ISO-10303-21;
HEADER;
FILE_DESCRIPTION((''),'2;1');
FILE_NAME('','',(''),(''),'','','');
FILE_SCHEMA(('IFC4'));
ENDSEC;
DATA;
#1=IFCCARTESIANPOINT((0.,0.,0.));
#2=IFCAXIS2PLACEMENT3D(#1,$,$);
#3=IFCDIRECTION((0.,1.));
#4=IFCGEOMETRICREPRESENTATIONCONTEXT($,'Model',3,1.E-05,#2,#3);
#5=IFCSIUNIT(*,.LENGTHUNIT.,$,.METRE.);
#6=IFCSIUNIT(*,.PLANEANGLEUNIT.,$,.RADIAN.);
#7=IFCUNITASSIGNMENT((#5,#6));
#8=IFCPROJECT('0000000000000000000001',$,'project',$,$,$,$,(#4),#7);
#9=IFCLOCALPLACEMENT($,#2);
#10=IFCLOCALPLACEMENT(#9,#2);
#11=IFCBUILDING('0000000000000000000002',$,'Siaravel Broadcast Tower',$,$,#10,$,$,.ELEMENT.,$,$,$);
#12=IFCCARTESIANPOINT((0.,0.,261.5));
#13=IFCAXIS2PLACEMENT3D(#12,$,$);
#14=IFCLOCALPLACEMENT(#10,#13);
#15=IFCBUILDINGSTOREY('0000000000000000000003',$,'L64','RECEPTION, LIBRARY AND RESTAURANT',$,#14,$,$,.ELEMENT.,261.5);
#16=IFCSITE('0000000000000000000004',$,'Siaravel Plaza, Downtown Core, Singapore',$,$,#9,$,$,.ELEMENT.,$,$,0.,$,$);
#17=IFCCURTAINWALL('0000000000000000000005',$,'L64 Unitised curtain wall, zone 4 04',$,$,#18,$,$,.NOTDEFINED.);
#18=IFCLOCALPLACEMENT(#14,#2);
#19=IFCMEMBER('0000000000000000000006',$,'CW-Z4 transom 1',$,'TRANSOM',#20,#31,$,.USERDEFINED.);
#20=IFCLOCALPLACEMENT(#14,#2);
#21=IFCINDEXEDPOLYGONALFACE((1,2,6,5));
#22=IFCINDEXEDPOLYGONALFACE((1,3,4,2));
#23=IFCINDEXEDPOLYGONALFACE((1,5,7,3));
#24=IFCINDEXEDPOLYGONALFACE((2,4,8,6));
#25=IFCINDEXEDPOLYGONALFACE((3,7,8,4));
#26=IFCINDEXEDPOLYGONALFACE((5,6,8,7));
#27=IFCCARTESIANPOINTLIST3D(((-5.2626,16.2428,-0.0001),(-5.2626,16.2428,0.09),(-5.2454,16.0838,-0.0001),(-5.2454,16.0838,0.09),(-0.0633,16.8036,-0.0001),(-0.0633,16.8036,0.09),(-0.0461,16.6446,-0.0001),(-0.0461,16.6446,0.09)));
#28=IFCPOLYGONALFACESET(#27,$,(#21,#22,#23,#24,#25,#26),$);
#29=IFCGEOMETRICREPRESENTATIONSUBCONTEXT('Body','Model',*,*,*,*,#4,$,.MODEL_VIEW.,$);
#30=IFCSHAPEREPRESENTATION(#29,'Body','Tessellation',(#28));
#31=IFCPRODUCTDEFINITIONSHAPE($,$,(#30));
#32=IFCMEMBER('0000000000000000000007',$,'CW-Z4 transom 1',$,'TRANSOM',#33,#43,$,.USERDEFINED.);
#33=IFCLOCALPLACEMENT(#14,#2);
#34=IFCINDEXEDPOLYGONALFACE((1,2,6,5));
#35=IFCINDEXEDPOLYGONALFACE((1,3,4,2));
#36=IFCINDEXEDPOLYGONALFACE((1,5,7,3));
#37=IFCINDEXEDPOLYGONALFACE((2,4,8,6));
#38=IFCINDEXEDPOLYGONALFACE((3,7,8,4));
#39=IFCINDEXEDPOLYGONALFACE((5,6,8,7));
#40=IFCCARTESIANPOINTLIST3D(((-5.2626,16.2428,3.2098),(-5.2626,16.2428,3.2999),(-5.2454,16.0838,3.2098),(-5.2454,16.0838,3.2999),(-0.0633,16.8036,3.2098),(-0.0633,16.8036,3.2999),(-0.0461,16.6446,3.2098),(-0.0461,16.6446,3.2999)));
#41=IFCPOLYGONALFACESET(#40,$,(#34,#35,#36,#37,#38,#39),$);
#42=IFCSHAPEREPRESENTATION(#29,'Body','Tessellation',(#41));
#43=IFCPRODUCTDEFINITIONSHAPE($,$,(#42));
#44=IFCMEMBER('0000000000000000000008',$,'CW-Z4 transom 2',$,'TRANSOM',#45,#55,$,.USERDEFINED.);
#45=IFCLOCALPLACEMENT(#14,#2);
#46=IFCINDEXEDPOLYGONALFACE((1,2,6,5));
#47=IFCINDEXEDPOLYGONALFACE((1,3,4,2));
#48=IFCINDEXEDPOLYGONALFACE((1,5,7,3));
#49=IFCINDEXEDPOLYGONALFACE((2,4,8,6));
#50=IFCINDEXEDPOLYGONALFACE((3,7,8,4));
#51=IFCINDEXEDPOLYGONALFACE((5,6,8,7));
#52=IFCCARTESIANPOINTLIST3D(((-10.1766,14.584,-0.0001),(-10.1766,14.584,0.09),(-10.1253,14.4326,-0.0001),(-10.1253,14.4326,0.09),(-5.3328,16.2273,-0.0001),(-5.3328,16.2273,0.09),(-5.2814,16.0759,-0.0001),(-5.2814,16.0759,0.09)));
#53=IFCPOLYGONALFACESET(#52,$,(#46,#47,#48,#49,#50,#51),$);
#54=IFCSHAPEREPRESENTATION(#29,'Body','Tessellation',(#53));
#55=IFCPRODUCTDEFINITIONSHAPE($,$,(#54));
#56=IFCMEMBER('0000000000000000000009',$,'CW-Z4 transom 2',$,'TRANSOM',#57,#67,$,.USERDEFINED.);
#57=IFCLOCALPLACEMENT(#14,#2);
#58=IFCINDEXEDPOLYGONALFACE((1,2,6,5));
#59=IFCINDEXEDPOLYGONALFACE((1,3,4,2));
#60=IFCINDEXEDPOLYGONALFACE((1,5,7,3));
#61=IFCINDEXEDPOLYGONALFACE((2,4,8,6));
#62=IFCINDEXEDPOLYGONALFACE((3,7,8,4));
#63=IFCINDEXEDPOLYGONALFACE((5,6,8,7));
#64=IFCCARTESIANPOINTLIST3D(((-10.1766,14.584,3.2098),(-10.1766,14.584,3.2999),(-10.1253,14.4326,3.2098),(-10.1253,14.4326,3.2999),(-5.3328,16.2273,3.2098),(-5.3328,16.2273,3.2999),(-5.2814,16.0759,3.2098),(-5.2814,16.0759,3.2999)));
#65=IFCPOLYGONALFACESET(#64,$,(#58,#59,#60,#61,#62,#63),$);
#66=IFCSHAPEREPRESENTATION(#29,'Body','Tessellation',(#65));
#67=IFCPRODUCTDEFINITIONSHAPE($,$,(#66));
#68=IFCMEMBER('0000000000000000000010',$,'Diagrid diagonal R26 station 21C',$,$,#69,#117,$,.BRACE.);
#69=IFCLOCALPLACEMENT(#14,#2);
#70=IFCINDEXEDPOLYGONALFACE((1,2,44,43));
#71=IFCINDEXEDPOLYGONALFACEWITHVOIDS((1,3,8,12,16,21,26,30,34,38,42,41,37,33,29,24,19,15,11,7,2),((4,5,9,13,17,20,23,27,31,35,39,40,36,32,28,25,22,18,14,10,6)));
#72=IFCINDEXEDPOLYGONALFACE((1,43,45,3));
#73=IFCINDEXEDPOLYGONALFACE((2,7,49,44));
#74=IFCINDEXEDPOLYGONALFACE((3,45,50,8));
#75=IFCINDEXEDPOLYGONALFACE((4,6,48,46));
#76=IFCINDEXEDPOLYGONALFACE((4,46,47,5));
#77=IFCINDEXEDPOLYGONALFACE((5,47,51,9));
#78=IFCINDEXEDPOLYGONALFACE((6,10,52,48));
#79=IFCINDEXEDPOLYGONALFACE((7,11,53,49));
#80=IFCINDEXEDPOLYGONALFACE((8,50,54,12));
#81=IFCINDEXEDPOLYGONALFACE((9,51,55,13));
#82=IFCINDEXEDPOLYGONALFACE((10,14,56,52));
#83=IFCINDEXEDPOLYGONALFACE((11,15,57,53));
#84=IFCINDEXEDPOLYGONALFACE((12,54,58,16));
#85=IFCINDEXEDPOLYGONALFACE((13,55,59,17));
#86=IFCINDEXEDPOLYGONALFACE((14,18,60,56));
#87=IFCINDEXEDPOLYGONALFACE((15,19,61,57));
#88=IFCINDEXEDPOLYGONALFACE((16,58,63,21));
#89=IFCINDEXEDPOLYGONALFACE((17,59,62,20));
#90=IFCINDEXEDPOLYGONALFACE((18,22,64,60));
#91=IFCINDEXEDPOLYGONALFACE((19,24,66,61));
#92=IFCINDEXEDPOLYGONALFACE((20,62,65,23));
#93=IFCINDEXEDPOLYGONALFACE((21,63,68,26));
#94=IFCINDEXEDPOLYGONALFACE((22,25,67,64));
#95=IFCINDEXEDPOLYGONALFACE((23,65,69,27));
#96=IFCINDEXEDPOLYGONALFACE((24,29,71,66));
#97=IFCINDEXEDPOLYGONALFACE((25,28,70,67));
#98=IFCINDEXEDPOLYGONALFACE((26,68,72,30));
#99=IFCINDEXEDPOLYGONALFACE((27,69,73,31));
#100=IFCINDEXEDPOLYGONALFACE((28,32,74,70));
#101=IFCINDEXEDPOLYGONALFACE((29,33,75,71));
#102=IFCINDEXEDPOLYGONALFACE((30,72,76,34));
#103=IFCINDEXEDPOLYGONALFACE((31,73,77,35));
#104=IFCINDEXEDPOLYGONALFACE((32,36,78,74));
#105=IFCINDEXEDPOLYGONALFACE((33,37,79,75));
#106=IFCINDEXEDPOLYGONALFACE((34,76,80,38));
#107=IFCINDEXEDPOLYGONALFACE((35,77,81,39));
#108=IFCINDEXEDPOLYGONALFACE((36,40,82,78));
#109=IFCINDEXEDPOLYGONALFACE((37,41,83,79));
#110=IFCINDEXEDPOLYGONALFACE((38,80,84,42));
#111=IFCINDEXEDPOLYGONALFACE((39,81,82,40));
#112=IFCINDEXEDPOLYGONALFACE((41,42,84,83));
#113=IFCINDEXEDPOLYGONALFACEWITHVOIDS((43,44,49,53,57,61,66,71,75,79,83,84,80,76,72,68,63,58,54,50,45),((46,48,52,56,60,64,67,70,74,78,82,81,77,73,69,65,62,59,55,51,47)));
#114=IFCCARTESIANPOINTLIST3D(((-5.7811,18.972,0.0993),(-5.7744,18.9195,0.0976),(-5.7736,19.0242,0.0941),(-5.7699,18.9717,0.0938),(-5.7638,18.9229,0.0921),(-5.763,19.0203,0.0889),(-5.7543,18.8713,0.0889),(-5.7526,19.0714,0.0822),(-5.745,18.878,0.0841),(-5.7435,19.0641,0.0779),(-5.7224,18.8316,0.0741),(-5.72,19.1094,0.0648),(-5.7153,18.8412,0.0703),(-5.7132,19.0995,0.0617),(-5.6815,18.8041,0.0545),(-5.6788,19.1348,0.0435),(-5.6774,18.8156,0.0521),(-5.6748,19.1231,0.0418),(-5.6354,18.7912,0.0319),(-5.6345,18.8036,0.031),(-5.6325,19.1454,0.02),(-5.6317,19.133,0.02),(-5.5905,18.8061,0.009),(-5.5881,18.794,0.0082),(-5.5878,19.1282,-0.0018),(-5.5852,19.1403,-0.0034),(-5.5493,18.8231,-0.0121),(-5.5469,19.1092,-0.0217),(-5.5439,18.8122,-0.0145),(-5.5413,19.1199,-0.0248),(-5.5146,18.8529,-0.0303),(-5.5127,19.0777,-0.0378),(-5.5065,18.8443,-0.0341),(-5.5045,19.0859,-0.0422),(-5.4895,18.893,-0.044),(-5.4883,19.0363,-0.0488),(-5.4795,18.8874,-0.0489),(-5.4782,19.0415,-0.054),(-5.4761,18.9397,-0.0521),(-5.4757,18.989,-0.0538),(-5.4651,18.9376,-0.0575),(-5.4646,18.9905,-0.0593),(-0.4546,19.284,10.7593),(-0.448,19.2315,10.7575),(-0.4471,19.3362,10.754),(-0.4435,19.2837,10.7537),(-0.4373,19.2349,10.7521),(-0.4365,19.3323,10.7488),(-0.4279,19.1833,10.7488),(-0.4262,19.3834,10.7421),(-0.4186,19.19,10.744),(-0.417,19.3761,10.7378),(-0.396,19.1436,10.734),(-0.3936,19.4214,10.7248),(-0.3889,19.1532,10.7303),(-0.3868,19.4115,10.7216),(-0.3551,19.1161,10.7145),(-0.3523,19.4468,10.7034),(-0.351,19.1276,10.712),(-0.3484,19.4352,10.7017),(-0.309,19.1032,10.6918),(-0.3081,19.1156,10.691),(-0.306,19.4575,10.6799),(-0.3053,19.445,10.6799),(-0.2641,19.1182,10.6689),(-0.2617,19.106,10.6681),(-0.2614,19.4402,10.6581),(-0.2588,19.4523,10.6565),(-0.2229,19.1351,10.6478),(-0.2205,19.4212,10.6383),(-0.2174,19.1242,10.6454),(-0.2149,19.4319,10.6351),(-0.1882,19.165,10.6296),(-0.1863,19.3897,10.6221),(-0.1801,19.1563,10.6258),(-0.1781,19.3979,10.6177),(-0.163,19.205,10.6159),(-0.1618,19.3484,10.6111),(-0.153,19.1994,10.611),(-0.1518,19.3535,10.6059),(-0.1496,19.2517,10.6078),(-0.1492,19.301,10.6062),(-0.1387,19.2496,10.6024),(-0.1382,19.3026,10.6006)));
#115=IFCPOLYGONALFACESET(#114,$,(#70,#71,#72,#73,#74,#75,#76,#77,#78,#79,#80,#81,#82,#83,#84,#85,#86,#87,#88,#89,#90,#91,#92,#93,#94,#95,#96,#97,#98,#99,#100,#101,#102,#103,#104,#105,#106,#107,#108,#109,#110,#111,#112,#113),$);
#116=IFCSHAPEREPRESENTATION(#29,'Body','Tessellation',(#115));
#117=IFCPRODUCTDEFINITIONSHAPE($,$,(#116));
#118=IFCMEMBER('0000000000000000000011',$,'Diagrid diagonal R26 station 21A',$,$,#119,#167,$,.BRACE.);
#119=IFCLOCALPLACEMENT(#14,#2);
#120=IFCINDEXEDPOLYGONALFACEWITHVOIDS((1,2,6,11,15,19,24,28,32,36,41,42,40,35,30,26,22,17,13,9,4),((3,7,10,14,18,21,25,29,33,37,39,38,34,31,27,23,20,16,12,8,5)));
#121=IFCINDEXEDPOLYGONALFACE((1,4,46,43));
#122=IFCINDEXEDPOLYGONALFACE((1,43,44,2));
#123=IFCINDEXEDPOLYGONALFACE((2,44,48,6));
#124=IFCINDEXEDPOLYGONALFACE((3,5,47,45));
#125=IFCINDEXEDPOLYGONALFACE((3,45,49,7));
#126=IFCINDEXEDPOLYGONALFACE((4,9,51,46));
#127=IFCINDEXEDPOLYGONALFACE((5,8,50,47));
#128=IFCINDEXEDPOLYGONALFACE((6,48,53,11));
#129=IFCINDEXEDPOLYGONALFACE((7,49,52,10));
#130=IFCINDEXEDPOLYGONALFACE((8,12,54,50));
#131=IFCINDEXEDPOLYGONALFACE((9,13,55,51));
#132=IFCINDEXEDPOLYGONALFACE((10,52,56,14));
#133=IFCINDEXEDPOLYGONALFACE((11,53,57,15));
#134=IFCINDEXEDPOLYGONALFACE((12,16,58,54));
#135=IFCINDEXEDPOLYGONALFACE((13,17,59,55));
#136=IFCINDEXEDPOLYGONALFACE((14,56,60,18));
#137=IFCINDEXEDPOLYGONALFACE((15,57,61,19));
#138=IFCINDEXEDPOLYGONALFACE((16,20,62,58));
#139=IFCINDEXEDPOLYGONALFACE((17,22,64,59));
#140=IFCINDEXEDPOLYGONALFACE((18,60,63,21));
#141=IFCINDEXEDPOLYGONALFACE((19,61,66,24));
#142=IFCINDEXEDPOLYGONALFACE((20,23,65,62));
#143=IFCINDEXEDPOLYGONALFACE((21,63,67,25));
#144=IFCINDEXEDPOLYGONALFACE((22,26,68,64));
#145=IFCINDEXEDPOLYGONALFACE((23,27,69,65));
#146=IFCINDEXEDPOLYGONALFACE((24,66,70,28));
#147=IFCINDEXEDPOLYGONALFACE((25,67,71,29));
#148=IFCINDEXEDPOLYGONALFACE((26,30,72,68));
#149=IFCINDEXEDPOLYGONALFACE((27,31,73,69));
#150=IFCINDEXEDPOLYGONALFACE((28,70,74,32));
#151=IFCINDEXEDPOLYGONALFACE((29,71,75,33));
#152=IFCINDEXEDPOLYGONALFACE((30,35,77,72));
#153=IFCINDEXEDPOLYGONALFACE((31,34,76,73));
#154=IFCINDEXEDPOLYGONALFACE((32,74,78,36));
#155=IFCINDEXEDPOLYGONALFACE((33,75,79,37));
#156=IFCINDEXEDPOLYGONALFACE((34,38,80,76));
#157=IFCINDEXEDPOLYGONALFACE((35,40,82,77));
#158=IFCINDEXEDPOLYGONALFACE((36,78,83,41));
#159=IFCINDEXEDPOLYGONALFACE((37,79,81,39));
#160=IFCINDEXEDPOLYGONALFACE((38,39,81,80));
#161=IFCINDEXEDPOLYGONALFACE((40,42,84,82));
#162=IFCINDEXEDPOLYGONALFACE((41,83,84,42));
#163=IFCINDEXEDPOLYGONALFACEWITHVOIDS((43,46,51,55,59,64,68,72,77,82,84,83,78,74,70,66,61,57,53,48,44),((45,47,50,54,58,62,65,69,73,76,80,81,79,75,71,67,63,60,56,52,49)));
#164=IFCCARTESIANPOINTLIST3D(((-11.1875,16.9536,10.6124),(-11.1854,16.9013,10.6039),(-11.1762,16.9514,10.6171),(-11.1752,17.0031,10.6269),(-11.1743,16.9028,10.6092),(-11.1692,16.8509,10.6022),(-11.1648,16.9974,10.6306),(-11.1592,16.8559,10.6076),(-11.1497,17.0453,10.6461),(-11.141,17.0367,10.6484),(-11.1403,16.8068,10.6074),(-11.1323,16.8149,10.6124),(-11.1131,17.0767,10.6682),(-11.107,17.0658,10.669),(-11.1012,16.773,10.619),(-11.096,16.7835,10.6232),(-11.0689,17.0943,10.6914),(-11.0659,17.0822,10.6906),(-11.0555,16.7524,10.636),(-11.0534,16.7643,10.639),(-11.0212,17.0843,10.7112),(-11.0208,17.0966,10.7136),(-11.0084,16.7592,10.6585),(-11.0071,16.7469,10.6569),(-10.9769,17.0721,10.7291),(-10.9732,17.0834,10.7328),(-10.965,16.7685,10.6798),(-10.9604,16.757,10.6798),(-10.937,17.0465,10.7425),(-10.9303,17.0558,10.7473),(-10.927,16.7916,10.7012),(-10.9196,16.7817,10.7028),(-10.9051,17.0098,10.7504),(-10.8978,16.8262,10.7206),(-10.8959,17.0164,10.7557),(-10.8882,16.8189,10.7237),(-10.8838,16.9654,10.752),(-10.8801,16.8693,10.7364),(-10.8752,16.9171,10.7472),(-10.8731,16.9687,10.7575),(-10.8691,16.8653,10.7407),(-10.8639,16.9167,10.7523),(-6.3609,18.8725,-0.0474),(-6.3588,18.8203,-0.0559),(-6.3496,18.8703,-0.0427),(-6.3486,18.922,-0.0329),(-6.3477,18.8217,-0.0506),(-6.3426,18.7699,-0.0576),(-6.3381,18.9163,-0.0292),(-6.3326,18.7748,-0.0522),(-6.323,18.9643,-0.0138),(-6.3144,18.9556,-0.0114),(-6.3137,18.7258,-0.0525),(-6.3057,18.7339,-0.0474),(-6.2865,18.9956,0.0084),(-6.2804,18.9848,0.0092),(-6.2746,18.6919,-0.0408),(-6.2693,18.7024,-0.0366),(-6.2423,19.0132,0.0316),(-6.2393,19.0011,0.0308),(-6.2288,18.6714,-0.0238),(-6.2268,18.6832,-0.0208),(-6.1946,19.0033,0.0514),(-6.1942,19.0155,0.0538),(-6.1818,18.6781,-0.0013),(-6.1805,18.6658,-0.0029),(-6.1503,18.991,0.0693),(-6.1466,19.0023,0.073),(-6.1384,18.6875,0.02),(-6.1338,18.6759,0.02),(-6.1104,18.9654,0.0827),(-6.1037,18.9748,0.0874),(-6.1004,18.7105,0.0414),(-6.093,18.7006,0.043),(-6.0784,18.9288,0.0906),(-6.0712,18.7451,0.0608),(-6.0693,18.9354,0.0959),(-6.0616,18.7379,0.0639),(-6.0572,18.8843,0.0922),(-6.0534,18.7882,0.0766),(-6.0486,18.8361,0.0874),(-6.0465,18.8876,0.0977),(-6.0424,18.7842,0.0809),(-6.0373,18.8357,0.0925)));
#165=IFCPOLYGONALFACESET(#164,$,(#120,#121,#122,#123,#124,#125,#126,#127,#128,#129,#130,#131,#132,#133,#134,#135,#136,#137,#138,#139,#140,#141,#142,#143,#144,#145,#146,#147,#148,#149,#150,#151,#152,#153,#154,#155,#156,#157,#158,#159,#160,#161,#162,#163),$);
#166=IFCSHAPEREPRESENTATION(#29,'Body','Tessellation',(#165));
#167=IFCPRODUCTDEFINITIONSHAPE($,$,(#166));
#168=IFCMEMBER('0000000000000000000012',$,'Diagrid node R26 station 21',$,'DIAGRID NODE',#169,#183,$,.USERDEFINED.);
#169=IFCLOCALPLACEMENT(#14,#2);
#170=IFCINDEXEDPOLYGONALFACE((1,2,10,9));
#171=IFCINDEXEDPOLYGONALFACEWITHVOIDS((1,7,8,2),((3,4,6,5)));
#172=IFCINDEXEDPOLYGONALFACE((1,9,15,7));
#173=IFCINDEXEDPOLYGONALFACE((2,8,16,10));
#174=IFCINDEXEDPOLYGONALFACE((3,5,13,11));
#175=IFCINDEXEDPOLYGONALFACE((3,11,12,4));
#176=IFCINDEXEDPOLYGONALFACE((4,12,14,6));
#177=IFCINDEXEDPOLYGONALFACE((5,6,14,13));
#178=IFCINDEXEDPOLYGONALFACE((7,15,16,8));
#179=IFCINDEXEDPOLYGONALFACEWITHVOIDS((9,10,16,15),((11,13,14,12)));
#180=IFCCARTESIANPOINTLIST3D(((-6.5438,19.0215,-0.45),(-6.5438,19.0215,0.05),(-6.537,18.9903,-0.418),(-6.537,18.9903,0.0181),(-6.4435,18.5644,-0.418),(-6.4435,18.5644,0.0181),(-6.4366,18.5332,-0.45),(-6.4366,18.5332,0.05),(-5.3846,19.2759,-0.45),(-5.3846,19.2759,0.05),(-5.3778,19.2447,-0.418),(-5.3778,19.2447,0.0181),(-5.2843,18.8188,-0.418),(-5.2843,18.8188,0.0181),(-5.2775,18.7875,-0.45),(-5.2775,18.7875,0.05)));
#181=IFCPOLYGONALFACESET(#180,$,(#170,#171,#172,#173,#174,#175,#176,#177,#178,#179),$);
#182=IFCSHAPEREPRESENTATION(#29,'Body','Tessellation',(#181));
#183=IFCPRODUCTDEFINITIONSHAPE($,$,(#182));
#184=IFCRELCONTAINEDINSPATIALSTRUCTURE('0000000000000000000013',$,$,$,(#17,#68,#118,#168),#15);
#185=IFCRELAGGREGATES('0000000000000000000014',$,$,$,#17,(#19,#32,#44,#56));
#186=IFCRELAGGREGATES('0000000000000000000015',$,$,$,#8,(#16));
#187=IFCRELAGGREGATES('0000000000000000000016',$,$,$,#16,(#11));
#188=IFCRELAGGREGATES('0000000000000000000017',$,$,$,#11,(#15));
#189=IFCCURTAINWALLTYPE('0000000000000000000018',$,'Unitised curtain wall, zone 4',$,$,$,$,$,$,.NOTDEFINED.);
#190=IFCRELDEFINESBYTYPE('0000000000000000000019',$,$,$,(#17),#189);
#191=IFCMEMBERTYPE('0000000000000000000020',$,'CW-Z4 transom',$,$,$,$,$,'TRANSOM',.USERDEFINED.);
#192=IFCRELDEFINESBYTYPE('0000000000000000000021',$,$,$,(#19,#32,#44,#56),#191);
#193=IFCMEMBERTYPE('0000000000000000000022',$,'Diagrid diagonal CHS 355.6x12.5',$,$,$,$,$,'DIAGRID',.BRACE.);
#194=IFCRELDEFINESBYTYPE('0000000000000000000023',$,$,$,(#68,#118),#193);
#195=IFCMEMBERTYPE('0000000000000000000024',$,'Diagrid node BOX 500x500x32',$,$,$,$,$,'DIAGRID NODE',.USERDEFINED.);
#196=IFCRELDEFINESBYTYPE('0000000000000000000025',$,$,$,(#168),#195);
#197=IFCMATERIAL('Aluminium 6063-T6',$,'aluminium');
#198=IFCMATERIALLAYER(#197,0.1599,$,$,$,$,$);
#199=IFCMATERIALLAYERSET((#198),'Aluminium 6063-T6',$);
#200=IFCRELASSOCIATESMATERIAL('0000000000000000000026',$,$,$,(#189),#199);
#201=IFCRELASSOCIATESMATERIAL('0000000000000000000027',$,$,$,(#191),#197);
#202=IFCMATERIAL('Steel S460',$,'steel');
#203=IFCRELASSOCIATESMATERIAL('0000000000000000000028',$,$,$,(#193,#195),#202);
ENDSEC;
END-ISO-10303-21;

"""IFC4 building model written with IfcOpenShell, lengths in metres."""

from ifc_helpers import new_model, si_unit, direction, frame, origin, origin_2d, place, context, subcontext, project, spatial, rectangle, hollow_rectangle, hollow_circle, extrude, material, layer, layer_set, material_profile, profile_set, type_object, element, aggregate, save


model = new_model("IFC4")

# Units and contexts
model_context = context("Model", 3, precision=1e-05, world=origin(), true_north=direction((0.0, 1.0)))
body_context = subcontext(model_context, "Body", "Model", "MODEL_VIEW")
ifc_project = project(units=[si_unit("LENGTHUNIT", "METRE"), si_unit("PLANEANGLEUNIT", "RADIAN")], contexts=[model_context])

# Site, building, storey
site_placement = place(None, origin())
site = spatial("IfcSite", under=ifc_project, at=site_placement, Name="Siaravel Plaza, Downtown Core, Singapore", CompositionType="ELEMENT", RefElevation=0.0)
building_placement = place(site_placement, origin())
building = spatial("IfcBuilding", under=site, at=building_placement, Name="Siaravel Broadcast Tower", CompositionType="ELEMENT")
storey_placement = place(building_placement, frame((0.0, 0.0, 261.5)))
storey = spatial("IfcBuildingStorey", under=building, at=storey_placement, Name="L64", Description="RECEPTION, LIBRARY AND RESTAURANT", CompositionType="ELEMENT", Elevation=261.5)

# Curtain wall, members
ifc_material_1 = material(Name="Aluminium 6063-T6", Category="aluminium")
ifc_layer_1 = layer(ifc_material_1, 0.1599)
ifc_layer_set_1 = layer_set([ifc_layer_1], Name="Aluminium 6063-T6")
curtain_wall_type = type_object("IfcCurtainWallType", Name="Unitised curtain wall, zone 4", PredefinedType="NOTDEFINED", material=ifc_layer_set_1)
curtain_wall_placement = place(storey_placement, origin())
curtain_wall = element("IfcCurtainWall", 1, at=curtain_wall_placement, inside=storey, type_object=curtain_wall_type, Name="L64 Unitised curtain wall, zone 4 04", PredefinedType="NOTDEFINED")
ifc_material_profile_1 = material_profile(ifc_material_1, rectangle(XDim=0.1599, YDim=0.0901, at=origin_2d()))
ifc_profile_set_1 = profile_set([ifc_material_profile_1], Name="Aluminium 6063-T6")
member_type_1 = type_object("IfcMemberType", Name="CW-Z4 transom", ElementType="TRANSOM", PredefinedType="USERDEFINED", material=ifc_profile_set_1)
member_1_placement = place(storey_placement, frame((-0.0547, 16.7241, 0.0449), z_axis=(-0.994233, -0.107239, 0.0), x_axis=(0.107239, -0.994233, 0.0)))
member_1 = element("IfcMember", 2, at=member_1_placement, type_object=member_type_1, Name="CW-Z4 transom 1", ObjectType="TRANSOM", PredefinedType="USERDEFINED", context=body_context, shape_type="SweptSolid", body=[
    extrude(rectangle(XDim=0.1599, YDim=0.0901, at=origin_2d()), origin(), (0.0, 0.0, 1.0), 5.2295),
])
member_2_placement = place(storey_placement, frame((-0.0547, 16.7241, 3.2549), z_axis=(-0.994233, -0.107239, 0.0), x_axis=(0.107239, -0.994233, 0.0)))
member_2 = element("IfcMember", 3, at=member_2_placement, type_object=member_type_1, Name="CW-Z4 transom 1", ObjectType="TRANSOM", PredefinedType="USERDEFINED", context=body_context, shape_type="SweptSolid", body=[
    extrude(rectangle(XDim=0.1599, YDim=0.0901, at=origin_2d()), origin(), (0.0, 0.0, 1.0), 5.2295),
])
member_3_placement = place(storey_placement, frame((-5.3071, 16.1516, 0.0449), z_axis=(-0.946985, -0.321278, 0.0), x_axis=(0.321278, -0.946985, 0.0)))
member_3 = element("IfcMember", 4, at=member_3_placement, type_object=member_type_1, Name="CW-Z4 transom 2", ObjectType="TRANSOM", PredefinedType="USERDEFINED", context=body_context, shape_type="SweptSolid", body=[
    extrude(rectangle(XDim=0.1599, YDim=0.0901, at=origin_2d()), origin(), (0.0, 0.0, 1.0), 5.115),
])
member_4_placement = place(storey_placement, frame((-5.3071, 16.1516, 3.2549), z_axis=(-0.946985, -0.321278, 0.0), x_axis=(0.321278, -0.946985, 0.0)))
member_4 = element("IfcMember", 5, at=member_4_placement, type_object=member_type_1, Name="CW-Z4 transom 2", ObjectType="TRANSOM", PredefinedType="USERDEFINED", context=body_context, shape_type="SweptSolid", body=[
    extrude(rectangle(XDim=0.1599, YDim=0.0901, at=origin_2d()), origin(), (0.0, 0.0, 1.0), 5.115),
])

# Members
ifc_material_2 = material(Name="Steel S460", Category="steel")
ifc_material_profile_2 = material_profile(ifc_material_2, hollow_circle(Radius=0.1777, WallThickness=0.0125, at=origin_2d()))
ifc_profile_set_2 = profile_set([ifc_material_profile_2], Name="Steel S460")
member_type_2 = type_object("IfcMemberType", Name="Diagrid diagonal CHS 355.6x12.5", ElementType="DIAGRID", PredefinedType="BRACE", material=ifc_profile_set_2)
member_5_placement = place(storey_placement, frame((-5.6221, 18.968, 0.02), z_axis=(0.446823, 0.026174, 0.89424), x_axis=(-0.058478, 0.998289, 0.0)))
element("IfcMember", 6, at=member_5_placement, inside=storey, type_object=member_type_2, Name="Diagrid diagonal R26 station 21C", PredefinedType="BRACE", context=body_context, shape_type="SweptSolid", body=[
    extrude(hollow_circle(Radius=0.1777, WallThickness=0.0125, at=origin_2d()), origin(), (0.0, 0.0, 1.0), 11.9207),
])
member_6_placement = place(storey_placement, frame((-6.1995, 18.8411, 0.02), z_axis=(-0.407037, -0.161827, 0.898962), x_axis=(0.369445, -0.929253, 0.0)))
element("IfcMember", 7, at=member_6_placement, inside=storey, type_object=member_type_2, Name="Diagrid diagonal R26 station 21A", PredefinedType="BRACE", context=body_context, shape_type="SweptSolid", body=[
    extrude(hollow_circle(Radius=0.1777, WallThickness=0.0125, at=origin_2d()), origin(), (0.0, 0.0, 1.0), 11.8579),
])
ifc_material_profile_3 = material_profile(ifc_material_2, hollow_rectangle(XDim=0.5, YDim=0.5, WallThickness=0.032, at=origin_2d()))
ifc_profile_set_3 = profile_set([ifc_material_profile_3], Name="Steel S460")
member_type_3 = type_object("IfcMemberType", Name="Diagrid node BOX 500x500x32", ElementType="DIAGRID NODE", PredefinedType="USERDEFINED", material=ifc_profile_set_3)
member_7_placement = place(storey_placement, frame((-5.3311, 19.0317, -0.2), z_axis=(-0.976755, -0.214359, 0.0), x_axis=(0.214359, -0.976755, 0.0)))
element("IfcMember", 8, at=member_7_placement, inside=storey, type_object=member_type_3, Name="Diagrid node R26 station 21", ObjectType="DIAGRID NODE", PredefinedType="USERDEFINED", context=body_context, shape_type="SweptSolid", body=[
    extrude(hollow_rectangle(XDim=0.5, YDim=0.5, WallThickness=0.032, at=origin_2d()), origin(), (0.0, 0.0, 1.0), 1.1868),
])

aggregate(curtain_wall, [member_1, member_2, member_3, member_4])

save(model, "model.ifc")
